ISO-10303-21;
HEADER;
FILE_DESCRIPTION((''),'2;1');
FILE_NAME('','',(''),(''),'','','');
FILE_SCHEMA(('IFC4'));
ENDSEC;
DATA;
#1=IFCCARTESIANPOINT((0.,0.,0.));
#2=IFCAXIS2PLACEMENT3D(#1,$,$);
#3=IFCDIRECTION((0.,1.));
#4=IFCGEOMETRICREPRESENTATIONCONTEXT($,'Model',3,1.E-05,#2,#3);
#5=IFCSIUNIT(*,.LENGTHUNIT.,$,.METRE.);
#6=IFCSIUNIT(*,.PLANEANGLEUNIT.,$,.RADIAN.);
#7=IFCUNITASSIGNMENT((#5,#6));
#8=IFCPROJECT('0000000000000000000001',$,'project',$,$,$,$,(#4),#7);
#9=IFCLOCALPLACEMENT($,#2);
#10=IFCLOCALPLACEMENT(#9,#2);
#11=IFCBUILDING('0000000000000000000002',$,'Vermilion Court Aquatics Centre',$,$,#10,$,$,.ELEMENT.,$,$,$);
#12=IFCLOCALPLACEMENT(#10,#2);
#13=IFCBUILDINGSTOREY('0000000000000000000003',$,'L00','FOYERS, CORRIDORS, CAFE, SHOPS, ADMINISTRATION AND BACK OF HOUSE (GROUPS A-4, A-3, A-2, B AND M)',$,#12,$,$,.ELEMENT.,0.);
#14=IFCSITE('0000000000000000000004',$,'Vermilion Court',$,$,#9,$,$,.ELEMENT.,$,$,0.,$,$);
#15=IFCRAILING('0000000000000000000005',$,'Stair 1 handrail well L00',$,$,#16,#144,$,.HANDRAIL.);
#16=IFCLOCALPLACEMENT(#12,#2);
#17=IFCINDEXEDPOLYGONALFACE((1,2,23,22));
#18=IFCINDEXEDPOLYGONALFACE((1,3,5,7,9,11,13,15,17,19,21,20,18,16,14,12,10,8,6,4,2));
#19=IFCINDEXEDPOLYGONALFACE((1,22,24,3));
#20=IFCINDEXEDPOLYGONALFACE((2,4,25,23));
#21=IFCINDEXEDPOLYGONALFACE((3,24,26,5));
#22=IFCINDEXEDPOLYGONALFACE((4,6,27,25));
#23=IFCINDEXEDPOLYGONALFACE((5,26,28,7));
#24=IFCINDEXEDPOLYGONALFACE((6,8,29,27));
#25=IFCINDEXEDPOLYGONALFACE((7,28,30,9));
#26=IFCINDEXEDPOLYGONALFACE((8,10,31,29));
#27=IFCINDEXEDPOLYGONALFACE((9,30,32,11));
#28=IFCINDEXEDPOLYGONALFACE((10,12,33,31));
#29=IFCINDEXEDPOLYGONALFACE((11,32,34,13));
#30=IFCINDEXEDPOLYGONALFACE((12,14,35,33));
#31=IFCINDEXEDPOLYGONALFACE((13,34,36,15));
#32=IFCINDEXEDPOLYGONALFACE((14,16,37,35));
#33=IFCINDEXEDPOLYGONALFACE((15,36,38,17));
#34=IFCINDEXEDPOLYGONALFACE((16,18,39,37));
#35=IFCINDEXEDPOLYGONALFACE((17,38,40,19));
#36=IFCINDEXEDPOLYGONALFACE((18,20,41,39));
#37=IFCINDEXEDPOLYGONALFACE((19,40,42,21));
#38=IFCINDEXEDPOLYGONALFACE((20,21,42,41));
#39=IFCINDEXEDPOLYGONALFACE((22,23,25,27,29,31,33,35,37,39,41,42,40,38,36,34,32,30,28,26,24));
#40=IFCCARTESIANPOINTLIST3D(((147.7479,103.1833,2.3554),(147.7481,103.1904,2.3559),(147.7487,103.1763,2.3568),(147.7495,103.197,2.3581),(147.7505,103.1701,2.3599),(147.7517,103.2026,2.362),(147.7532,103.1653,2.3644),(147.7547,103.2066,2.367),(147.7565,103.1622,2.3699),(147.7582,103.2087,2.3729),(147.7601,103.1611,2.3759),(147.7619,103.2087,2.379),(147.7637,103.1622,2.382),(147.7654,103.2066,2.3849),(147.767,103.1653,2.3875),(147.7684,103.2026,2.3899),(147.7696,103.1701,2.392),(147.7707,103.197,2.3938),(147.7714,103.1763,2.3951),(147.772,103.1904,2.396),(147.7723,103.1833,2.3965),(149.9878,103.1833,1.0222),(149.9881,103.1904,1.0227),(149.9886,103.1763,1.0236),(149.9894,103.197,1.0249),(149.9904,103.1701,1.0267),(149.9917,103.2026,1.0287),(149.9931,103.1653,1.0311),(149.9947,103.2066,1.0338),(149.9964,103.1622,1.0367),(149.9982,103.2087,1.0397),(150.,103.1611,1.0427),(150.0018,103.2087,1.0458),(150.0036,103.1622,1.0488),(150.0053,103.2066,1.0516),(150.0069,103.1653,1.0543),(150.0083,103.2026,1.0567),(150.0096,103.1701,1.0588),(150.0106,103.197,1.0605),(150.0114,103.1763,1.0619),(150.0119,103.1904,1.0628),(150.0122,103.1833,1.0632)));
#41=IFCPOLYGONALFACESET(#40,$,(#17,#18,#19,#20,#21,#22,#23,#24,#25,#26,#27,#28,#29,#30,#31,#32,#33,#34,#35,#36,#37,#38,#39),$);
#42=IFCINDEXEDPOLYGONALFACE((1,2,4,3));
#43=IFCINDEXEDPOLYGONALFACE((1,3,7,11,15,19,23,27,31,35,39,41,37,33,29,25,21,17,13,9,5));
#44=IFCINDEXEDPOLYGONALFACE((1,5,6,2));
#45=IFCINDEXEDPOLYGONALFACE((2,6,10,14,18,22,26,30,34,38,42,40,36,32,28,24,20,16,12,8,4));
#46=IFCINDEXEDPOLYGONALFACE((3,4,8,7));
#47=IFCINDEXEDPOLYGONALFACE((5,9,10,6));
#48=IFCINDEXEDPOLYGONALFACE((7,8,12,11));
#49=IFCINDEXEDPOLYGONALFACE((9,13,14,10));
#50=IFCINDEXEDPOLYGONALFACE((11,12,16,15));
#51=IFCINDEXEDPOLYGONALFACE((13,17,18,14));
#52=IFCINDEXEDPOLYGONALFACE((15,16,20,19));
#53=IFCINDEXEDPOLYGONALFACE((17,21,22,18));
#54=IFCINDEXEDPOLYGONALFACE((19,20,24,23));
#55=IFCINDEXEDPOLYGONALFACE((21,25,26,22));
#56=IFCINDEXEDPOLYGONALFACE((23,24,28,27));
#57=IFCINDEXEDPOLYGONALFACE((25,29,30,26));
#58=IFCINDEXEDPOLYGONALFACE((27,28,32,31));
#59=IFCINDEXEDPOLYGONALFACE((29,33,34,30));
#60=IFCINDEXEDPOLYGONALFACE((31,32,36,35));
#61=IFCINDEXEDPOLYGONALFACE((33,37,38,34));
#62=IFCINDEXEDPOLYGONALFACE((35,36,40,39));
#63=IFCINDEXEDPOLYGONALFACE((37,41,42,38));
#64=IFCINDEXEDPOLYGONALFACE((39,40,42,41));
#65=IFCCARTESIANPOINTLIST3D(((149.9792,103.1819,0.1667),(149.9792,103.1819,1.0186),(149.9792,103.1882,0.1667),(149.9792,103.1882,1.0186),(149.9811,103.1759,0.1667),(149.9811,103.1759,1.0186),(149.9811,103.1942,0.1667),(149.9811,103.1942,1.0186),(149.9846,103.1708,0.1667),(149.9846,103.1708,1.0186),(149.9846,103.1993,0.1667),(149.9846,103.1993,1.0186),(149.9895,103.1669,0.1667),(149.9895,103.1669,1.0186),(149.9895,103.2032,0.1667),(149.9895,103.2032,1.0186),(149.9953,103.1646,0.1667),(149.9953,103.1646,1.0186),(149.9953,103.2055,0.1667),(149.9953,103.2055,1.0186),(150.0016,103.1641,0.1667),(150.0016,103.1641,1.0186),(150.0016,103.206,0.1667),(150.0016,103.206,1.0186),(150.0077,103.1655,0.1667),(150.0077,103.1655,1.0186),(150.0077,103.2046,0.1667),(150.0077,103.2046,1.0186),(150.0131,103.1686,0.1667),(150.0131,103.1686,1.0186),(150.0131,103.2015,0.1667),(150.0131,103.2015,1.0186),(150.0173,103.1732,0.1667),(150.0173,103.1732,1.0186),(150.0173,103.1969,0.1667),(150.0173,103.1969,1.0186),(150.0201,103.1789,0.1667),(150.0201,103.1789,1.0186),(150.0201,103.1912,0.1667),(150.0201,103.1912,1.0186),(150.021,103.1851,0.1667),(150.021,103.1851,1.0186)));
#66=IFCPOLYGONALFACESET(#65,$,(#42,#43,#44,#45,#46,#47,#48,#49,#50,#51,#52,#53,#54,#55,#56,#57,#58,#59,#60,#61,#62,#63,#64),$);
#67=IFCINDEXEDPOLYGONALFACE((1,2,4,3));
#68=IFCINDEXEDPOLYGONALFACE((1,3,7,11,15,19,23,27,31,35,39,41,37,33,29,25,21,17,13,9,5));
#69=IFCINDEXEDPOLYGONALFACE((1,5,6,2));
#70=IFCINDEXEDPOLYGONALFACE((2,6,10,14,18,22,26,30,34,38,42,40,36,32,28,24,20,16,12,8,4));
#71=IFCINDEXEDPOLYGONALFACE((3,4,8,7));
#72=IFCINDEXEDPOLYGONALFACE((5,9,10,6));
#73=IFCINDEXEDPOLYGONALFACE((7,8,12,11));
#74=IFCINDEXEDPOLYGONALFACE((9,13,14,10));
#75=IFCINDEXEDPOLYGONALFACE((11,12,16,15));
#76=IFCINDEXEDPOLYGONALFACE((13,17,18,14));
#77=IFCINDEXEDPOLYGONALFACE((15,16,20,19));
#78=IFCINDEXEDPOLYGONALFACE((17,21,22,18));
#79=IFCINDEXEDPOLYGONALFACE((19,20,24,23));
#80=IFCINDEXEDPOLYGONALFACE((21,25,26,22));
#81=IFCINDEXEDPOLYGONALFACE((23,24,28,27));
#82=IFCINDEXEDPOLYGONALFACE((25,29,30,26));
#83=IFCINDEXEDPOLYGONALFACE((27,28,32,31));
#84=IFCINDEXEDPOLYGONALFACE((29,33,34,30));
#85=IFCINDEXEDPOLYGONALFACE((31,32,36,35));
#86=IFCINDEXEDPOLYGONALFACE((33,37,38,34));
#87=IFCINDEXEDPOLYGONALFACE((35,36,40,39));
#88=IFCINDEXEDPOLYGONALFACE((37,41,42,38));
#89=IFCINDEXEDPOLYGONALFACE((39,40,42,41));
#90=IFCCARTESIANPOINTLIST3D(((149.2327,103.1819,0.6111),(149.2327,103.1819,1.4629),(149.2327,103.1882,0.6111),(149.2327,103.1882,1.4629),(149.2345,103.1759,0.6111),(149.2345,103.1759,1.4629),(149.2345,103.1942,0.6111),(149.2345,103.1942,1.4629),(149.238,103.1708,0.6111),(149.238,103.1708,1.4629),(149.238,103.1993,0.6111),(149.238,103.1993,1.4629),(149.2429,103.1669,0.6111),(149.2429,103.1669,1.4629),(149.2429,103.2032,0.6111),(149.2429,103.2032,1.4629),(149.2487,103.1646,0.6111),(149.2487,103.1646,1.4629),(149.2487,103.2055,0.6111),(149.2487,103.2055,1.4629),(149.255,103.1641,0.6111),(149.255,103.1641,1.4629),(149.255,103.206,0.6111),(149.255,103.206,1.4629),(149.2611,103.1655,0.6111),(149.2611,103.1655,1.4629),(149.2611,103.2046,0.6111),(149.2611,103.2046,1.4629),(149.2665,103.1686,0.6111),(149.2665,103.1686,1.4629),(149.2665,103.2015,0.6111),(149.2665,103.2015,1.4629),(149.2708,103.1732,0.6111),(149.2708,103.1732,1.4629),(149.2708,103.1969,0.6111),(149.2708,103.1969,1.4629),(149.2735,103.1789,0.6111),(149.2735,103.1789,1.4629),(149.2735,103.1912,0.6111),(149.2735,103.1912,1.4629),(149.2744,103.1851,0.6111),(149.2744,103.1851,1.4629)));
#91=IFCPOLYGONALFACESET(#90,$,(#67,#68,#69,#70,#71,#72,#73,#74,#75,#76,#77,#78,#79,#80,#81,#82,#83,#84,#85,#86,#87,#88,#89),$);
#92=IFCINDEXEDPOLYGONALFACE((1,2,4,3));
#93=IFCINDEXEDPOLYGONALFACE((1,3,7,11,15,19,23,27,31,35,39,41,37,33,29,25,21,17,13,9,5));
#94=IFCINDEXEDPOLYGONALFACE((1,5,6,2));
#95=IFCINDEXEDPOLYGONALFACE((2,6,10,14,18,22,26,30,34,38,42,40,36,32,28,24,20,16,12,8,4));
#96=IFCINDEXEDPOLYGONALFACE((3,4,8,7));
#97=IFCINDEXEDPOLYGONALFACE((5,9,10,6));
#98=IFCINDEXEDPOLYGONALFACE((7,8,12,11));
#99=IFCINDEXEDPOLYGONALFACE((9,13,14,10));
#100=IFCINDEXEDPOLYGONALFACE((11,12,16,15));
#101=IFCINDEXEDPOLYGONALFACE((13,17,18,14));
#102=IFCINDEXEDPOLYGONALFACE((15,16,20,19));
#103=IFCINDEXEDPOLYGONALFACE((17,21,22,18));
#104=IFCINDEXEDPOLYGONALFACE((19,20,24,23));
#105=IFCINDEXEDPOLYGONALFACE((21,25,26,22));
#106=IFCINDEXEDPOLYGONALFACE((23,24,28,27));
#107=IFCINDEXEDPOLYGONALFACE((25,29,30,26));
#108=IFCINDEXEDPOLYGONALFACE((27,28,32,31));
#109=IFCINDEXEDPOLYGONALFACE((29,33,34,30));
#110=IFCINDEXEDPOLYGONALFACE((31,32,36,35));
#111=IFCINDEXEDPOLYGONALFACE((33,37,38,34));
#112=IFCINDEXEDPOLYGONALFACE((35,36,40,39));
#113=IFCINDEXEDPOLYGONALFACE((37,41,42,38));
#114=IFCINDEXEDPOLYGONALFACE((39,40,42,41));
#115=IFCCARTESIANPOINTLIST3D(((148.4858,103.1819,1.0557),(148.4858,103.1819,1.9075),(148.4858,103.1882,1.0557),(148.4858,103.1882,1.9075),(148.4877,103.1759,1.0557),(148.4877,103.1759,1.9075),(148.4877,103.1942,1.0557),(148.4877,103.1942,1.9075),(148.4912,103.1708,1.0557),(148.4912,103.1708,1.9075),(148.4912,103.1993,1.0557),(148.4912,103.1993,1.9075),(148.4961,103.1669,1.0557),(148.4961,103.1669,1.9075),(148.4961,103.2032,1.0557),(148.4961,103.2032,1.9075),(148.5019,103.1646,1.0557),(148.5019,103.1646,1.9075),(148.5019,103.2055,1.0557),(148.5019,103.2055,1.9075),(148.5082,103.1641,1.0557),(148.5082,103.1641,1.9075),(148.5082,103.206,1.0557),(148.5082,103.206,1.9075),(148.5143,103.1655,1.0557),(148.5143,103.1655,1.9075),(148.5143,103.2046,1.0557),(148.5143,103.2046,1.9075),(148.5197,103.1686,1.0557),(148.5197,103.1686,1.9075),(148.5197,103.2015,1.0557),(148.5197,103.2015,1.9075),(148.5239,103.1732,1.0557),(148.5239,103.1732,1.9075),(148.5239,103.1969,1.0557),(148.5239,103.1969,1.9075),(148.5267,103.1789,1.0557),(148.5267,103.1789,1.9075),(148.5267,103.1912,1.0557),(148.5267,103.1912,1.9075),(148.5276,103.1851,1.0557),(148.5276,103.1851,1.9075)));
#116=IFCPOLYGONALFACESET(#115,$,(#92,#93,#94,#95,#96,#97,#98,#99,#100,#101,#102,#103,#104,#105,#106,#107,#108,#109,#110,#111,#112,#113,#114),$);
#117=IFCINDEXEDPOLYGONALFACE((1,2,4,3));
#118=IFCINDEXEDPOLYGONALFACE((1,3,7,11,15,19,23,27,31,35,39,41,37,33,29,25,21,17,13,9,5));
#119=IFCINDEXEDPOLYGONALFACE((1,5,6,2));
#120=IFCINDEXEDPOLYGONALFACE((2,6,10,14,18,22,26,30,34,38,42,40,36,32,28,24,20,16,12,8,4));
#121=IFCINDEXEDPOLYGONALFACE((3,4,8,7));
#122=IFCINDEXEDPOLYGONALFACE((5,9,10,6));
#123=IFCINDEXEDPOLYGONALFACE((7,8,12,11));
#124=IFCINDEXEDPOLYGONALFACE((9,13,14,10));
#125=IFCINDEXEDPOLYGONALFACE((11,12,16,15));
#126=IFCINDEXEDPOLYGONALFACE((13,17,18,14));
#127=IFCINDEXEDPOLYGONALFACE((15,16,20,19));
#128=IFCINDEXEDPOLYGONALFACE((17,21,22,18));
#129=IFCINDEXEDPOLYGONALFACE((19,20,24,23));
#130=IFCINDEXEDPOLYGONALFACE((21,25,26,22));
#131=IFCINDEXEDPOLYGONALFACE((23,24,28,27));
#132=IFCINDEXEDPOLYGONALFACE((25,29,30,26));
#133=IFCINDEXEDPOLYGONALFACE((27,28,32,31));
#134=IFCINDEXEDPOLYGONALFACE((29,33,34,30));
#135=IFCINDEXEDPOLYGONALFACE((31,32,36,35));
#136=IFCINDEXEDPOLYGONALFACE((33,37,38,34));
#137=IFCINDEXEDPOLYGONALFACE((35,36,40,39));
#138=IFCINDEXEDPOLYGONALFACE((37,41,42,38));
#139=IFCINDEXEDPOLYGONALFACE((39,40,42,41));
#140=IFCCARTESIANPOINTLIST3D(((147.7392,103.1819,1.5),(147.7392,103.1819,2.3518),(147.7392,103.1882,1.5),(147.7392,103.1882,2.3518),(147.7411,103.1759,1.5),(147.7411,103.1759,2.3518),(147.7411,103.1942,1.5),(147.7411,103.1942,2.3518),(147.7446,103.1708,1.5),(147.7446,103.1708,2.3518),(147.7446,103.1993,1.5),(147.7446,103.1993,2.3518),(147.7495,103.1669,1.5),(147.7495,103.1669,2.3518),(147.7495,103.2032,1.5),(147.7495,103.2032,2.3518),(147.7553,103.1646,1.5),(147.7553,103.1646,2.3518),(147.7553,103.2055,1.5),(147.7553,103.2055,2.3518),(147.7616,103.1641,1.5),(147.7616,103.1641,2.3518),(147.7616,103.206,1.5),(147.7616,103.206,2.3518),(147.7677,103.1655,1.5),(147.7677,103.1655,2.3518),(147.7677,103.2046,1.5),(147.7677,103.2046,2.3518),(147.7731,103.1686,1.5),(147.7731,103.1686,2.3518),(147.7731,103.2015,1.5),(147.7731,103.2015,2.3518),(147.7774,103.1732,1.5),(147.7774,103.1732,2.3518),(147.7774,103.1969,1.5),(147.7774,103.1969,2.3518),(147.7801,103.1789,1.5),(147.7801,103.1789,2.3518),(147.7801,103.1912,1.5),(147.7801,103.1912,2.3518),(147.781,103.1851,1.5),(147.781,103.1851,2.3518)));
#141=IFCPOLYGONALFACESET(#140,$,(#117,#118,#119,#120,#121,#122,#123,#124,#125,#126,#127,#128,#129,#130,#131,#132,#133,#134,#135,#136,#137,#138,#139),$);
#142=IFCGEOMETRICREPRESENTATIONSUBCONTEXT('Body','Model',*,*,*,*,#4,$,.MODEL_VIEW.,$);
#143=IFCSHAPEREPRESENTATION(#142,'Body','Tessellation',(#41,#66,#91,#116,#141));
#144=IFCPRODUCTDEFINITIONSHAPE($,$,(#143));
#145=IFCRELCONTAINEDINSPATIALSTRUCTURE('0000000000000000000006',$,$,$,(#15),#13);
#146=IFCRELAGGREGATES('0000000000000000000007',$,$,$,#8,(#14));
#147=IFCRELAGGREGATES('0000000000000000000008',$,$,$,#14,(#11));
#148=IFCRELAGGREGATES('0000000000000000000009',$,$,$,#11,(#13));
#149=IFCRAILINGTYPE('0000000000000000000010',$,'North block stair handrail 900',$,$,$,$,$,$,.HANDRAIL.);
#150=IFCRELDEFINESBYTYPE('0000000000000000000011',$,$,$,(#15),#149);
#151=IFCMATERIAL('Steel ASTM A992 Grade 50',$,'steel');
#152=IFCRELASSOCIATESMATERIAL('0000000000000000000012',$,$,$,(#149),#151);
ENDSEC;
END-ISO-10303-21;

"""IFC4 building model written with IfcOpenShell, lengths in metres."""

from ifc_helpers import new_model, si_unit, direction, frame, origin, origin_2d, place, context, subcontext, project, spatial, circle, extrude, material, type_object, element, save


model = new_model("IFC4")

# Units and contexts
model_context = context("Model", 3, precision=1e-05, world=origin(), true_north=direction((0.0, 1.0)))
body_context = subcontext(model_context, "Body", "Model", "MODEL_VIEW")
ifc_project = project(units=[si_unit("LENGTHUNIT", "METRE"), si_unit("PLANEANGLEUNIT", "RADIAN")], contexts=[model_context])

# Site, building, storey
site_placement = place(None, origin())
site = spatial("IfcSite", under=ifc_project, at=site_placement, Name="Vermilion Court", CompositionType="ELEMENT", RefElevation=0.0)
building_placement = place(site_placement, origin())
building = spatial("IfcBuilding", under=site, at=building_placement, Name="Vermilion Court Aquatics Centre", CompositionType="ELEMENT")
storey_placement = place(building_placement, origin())
storey = spatial("IfcBuildingStorey", under=building, at=storey_placement, Name="L00", Description="FOYERS, CORRIDORS, CAFE, SHOPS, ADMINISTRATION AND BACK OF HOUSE (GROUPS A-4, A-3, A-2, B AND M)", CompositionType="ELEMENT", Elevation=0.0)

# Railing
ifc_material_1 = material(Name="Steel ASTM A992 Grade 50", Category="steel")
railing_type_1 = type_object("IfcRailingType", Name="North block stair handrail 900", PredefinedType="HANDRAIL", material=ifc_material_1)
railing_1_placement = place(storey_placement, frame((150.0, 103.1851, 0.1667)))
element("IfcRailing", 1, at=railing_1_placement, inside=storey, type_object=railing_type_1, Name="Stair 1 handrail well L00", PredefinedType="HANDRAIL", context=body_context, shape_type="SweptSolid", body=[
    extrude(circle(Radius=0.0239, at=origin_2d()), frame((0.0, 0.0, 0.876), z_axis=(-0.859306, 0.0, 0.511462), x_axis=(0.0, -1.0, 0.0)), (0.0, 0.0, 1.0), 2.6067),
    extrude(circle(Radius=0.021, at=origin_2d()), origin(), (0.0, 0.0, 1.0), 0.8518),
    extrude(circle(Radius=0.021, at=origin_2d()), frame((-0.7466, 0.0, 0.4443)), (0.0, 0.0, 1.0), 0.8518),
    extrude(circle(Radius=0.021, at=origin_2d()), frame((-1.4934, 0.0, 0.8889)), (0.0, 0.0, 1.0), 0.8518),
    extrude(circle(Radius=0.021, at=origin_2d()), frame((-2.24, 0.0, 1.3333)), (0.0, 0.0, 1.0), 0.8518),
])

save(model, "model.ifc")
